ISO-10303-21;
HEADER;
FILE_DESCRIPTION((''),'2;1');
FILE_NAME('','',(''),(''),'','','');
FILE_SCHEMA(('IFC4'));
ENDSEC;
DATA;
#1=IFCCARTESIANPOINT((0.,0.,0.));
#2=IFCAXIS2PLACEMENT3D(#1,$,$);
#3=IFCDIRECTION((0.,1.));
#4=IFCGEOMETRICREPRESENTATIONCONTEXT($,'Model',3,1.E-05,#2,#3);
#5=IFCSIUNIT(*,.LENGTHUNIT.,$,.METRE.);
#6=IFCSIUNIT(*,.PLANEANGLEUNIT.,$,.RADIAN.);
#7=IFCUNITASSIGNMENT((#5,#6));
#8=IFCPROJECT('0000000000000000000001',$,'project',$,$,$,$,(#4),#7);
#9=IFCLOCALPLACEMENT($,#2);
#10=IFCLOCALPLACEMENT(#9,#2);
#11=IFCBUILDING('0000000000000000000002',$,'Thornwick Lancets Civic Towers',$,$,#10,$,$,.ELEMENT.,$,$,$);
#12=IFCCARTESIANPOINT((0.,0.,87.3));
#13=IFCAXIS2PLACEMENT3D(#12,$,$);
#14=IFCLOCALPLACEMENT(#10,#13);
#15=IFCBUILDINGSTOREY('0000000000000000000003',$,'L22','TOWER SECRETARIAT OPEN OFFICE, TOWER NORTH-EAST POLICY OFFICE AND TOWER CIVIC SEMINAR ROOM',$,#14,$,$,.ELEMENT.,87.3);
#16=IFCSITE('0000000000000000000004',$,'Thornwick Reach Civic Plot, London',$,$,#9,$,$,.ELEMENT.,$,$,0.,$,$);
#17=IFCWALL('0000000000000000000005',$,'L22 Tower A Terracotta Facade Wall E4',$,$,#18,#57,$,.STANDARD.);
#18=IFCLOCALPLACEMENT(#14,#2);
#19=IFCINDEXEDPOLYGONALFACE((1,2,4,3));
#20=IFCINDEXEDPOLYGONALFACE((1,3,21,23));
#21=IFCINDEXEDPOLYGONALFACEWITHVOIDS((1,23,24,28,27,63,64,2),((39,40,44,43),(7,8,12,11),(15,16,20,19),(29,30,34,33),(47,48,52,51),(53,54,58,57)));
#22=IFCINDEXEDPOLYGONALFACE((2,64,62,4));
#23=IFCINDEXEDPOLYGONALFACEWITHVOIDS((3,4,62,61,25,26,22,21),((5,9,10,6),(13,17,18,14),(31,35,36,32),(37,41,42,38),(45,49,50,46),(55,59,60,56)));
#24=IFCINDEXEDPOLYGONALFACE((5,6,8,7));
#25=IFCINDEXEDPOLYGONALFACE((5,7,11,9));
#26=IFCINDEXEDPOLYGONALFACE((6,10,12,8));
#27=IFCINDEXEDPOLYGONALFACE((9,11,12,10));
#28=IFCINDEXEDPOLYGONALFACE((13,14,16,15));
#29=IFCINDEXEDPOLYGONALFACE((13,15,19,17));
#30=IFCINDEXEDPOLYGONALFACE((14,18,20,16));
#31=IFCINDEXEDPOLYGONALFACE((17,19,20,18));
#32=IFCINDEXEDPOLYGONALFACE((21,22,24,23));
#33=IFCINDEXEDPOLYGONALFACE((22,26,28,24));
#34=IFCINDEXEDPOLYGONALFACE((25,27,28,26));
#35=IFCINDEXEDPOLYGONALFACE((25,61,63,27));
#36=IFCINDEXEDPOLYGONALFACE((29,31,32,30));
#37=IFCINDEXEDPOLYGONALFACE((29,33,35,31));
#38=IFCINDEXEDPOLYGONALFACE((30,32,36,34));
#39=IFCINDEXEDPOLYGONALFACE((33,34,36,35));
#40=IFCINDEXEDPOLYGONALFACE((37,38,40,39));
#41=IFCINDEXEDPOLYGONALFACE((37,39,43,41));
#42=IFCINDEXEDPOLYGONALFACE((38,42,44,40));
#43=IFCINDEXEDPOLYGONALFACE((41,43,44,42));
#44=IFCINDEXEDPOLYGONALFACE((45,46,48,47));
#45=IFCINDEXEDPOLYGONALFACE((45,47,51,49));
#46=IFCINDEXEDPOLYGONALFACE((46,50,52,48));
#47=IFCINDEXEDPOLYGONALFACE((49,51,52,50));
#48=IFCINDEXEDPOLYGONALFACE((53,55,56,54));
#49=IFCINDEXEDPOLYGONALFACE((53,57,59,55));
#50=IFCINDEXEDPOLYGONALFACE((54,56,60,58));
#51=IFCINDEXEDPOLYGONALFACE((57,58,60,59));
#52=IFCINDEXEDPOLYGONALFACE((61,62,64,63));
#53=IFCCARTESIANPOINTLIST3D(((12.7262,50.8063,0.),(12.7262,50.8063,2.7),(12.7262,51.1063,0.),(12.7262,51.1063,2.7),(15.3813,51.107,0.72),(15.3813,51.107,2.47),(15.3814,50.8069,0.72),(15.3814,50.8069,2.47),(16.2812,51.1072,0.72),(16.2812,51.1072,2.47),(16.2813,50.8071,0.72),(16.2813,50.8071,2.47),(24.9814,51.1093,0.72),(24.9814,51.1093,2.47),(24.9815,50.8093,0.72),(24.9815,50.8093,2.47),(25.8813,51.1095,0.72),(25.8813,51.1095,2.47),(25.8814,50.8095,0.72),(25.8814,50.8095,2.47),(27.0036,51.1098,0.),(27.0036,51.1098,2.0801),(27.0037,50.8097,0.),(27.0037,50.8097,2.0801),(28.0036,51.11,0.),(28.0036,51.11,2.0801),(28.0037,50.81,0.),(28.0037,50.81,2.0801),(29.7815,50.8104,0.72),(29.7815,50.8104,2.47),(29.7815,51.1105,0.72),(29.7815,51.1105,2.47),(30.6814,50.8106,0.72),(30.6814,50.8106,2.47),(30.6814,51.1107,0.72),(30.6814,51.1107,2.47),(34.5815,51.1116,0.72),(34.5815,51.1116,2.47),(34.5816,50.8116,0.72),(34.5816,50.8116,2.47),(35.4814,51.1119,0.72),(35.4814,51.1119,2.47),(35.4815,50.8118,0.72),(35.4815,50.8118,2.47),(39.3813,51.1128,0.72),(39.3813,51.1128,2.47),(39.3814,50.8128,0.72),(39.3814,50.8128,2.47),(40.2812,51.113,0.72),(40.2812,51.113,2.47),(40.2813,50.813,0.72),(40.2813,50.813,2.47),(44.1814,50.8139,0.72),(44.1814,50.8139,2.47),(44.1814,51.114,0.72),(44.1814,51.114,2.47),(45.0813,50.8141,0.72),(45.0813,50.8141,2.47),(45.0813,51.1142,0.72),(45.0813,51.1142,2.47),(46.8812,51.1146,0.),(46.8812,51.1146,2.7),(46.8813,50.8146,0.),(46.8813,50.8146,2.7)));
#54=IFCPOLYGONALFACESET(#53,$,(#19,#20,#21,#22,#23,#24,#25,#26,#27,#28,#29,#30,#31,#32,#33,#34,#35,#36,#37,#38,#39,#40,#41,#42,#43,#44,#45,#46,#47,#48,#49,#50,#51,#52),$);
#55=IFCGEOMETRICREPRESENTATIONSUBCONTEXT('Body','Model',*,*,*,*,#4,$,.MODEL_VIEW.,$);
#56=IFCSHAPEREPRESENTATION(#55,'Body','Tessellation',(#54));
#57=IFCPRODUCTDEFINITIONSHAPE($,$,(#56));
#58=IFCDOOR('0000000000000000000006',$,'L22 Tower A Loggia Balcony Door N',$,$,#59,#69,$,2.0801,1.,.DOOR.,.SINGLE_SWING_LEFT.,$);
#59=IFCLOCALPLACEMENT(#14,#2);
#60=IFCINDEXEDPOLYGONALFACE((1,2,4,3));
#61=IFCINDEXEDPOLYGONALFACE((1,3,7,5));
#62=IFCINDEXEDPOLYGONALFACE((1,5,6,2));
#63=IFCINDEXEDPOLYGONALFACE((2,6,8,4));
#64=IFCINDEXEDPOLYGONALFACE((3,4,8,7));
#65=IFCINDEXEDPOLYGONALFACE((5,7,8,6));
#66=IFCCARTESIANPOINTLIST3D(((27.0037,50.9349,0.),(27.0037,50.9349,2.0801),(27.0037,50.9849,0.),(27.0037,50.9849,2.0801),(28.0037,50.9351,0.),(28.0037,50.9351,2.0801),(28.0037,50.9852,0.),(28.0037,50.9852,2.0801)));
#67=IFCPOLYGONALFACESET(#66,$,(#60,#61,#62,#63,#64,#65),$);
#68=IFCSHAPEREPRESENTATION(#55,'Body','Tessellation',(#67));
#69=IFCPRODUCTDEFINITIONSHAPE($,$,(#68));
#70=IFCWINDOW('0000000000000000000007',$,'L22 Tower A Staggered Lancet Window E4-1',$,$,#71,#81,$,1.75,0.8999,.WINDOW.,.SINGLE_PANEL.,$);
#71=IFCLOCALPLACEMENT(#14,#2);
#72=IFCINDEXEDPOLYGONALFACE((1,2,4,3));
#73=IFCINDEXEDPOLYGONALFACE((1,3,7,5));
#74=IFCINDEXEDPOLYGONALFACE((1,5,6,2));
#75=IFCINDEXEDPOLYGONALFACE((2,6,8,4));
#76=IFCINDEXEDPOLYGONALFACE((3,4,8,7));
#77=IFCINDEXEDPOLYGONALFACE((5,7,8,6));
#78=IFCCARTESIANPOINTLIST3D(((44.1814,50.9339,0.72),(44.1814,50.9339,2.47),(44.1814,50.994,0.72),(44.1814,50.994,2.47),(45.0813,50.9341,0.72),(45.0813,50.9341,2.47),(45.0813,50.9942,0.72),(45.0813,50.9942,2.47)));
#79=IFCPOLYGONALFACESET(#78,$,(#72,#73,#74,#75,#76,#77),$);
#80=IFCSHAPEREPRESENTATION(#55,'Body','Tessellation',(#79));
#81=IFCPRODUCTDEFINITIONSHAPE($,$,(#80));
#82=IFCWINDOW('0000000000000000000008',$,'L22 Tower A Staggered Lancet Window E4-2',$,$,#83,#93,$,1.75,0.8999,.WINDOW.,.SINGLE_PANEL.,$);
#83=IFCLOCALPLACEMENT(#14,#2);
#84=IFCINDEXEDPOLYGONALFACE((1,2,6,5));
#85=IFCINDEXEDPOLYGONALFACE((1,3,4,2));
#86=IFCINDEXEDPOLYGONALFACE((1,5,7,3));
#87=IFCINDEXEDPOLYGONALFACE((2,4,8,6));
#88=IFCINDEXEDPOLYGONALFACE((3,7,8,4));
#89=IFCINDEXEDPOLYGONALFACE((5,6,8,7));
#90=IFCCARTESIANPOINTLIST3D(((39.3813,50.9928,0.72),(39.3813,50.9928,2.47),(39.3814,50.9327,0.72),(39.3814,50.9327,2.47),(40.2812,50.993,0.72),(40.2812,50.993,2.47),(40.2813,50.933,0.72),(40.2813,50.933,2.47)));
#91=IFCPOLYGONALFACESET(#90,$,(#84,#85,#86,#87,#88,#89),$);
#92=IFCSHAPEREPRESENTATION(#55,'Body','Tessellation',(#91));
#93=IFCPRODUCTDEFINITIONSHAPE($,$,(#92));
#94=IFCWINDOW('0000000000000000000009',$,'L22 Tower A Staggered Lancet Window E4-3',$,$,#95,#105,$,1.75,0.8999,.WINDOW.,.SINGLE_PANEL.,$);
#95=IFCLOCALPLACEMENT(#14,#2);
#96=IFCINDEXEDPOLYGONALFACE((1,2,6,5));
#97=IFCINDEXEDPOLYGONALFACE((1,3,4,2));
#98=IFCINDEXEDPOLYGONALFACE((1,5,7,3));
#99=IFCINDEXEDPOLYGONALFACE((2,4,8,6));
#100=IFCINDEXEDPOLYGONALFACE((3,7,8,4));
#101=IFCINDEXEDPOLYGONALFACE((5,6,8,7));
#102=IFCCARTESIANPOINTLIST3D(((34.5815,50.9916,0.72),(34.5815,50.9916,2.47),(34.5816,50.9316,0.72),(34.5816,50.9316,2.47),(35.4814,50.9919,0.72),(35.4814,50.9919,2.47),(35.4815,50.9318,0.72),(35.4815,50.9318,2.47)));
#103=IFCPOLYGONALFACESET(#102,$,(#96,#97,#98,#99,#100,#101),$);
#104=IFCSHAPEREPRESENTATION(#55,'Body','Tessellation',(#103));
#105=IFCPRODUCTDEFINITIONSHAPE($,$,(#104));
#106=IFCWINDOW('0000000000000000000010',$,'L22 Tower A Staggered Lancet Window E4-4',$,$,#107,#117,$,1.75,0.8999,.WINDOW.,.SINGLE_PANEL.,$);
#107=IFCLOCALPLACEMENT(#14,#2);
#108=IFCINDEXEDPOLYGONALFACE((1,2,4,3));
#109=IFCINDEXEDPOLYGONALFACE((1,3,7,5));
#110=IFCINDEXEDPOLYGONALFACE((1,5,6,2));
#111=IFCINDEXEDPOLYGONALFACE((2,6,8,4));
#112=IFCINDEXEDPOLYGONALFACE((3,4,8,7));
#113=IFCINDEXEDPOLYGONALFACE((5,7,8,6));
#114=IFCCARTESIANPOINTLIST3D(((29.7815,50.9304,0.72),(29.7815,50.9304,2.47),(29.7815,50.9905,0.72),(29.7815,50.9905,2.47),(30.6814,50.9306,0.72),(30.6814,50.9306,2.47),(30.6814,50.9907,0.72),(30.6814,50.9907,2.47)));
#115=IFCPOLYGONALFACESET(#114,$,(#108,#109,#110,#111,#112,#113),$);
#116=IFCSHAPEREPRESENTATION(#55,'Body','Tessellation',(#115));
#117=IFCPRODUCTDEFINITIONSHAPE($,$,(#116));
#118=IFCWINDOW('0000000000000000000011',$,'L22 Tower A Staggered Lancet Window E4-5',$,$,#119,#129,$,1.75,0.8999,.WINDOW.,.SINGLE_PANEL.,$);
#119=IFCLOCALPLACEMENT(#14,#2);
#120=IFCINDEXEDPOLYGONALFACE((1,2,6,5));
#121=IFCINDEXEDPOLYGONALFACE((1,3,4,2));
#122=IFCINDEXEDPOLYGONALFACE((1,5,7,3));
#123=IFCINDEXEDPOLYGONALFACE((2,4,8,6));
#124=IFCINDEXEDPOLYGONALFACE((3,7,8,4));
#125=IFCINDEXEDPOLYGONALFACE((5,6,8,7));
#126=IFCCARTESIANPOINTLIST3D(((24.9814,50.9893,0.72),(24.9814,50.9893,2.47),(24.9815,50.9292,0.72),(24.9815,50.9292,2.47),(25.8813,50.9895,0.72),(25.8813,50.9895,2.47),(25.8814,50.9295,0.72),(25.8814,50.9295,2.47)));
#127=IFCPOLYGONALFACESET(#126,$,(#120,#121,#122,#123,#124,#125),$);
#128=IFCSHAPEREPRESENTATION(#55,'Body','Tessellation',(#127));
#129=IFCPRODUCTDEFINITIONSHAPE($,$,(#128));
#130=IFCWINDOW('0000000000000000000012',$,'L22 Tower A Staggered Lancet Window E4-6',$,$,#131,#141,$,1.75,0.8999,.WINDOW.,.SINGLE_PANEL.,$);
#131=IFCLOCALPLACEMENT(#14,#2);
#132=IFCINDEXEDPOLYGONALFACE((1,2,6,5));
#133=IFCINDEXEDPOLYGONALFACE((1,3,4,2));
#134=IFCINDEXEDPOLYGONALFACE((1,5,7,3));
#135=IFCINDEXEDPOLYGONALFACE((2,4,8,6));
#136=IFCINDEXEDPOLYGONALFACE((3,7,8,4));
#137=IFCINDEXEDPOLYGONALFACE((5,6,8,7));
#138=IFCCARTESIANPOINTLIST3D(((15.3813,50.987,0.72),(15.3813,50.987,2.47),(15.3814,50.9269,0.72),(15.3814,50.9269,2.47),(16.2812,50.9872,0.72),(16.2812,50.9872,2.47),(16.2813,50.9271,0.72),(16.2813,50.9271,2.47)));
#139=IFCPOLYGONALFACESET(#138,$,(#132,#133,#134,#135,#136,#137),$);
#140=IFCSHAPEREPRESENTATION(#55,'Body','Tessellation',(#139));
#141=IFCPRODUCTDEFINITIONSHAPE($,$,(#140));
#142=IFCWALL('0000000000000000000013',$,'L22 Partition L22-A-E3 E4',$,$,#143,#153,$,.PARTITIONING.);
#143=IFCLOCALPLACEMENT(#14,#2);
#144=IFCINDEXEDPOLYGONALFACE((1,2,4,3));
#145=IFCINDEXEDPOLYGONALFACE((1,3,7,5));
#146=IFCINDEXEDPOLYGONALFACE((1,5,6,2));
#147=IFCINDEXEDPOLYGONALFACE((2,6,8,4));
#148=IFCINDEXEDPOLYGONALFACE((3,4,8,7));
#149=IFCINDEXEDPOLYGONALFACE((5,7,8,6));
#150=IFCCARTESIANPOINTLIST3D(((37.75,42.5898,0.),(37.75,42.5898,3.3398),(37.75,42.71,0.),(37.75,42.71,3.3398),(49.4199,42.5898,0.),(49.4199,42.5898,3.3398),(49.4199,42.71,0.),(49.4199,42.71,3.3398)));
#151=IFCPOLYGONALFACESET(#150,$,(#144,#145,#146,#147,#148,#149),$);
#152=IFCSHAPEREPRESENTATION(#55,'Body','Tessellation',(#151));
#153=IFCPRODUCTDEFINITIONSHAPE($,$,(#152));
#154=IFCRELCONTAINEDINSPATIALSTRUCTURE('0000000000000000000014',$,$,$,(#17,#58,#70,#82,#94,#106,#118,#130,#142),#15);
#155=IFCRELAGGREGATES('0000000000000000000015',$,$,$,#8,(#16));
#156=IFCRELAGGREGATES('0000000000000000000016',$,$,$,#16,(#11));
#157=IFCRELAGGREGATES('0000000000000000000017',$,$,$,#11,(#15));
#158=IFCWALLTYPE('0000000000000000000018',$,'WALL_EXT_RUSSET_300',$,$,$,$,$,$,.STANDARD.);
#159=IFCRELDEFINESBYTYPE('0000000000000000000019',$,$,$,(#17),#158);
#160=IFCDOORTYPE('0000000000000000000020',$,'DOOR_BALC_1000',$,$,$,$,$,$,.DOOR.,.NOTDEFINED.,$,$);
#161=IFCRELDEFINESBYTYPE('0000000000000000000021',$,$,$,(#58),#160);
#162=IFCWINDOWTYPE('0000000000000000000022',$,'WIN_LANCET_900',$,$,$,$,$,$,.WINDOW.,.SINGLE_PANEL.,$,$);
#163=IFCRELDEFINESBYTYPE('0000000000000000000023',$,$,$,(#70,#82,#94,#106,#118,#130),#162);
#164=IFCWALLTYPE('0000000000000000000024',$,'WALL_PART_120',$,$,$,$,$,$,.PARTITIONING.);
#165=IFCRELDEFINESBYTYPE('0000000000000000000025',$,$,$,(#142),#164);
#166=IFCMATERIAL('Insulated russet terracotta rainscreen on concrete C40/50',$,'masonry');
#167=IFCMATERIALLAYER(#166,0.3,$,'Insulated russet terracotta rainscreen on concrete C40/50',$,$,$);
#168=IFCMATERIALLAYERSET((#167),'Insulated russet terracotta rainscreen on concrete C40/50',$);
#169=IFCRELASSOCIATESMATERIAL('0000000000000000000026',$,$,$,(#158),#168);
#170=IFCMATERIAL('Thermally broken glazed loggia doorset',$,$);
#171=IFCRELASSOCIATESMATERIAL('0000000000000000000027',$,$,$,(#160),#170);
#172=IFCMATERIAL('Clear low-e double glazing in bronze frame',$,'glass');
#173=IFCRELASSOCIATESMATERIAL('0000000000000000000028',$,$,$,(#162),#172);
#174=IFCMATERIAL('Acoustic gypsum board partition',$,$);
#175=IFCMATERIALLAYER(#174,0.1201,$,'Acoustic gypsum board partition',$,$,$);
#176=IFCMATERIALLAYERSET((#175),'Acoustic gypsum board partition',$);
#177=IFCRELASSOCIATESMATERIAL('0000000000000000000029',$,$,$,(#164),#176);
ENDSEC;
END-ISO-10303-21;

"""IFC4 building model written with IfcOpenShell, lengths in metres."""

from ifc_helpers import new_model, si_unit, direction, frame, frame_2d, origin, place, context, subcontext, project, spatial, rectangle, extrude, material, layer, layer_set, type_object, element, fill, save


model = new_model("IFC4")

# Units and contexts
model_context = context("Model", 3, precision=1e-05, world=origin(), true_north=direction((0.0, 1.0)))
body_context = subcontext(model_context, "Body", "Model", "MODEL_VIEW")
ifc_project = project(units=[si_unit("LENGTHUNIT", "METRE"), si_unit("PLANEANGLEUNIT", "RADIAN")], contexts=[model_context])

# Site, building, storey
site_placement = place(None, origin())
site = spatial("IfcSite", under=ifc_project, at=site_placement, Name="Thornwick Reach Civic Plot, London", CompositionType="ELEMENT", RefElevation=0.0)
building_placement = place(site_placement, origin())
building = spatial("IfcBuilding", under=site, at=building_placement, Name="Thornwick Lancets Civic Towers", CompositionType="ELEMENT")
storey_placement = place(building_placement, frame((0.0, 0.0, 87.3)))
storey = spatial("IfcBuildingStorey", under=building, at=storey_placement, Name="L22", Description="TOWER SECRETARIAT OPEN OFFICE, TOWER NORTH-EAST POLICY OFFICE AND TOWER CIVIC SEMINAR ROOM", CompositionType="ELEMENT", Elevation=87.3)

# Wall, openings, door, windows
ifc_material_1 = material(Name="Insulated russet terracotta rainscreen on concrete C40/50", Category="masonry")
ifc_layer_1 = layer(ifc_material_1, 0.3, Name="Insulated russet terracotta rainscreen on concrete C40/50")
ifc_layer_set_1 = layer_set([ifc_layer_1], Name="Insulated russet terracotta rainscreen on concrete C40/50")
wall_type_1 = type_object("IfcWallType", Name="WALL_EXT_RUSSET_300", PredefinedType="STANDARD", material=ifc_layer_set_1)
wall_1_placement = place(storey_placement, frame((46.8813, 50.9646, 0.0), z_axis=(0.0, 0.0, 1.0), x_axis=(-1.0, -0.000243, 0.0)))
wall_1 = element("IfcWall", 1, at=wall_1_placement, inside=storey, type_object=wall_type_1, Name="L22 Tower A Terracotta Facade Wall E4", PredefinedType="STANDARD", context=body_context, shape_type="SweptSolid", body=[
    extrude(rectangle(XDim=34.155, YDim=0.3, at=frame_2d((17.0776, 0.0))), origin(), (0.0, 0.0, 1.0), 2.7),
])
opening_1_placement = place(wall_1_placement, frame((18.8777, 0.0, 0.0)))
opening_1 = element("IfcOpeningElement", 2, at=opening_1_placement, cuts=wall_1, PredefinedType="OPENING", context=body_context, shape_type="SweptSolid", body=[
    extrude(rectangle(XDim=1.0, YDim=2.0801, at=frame_2d((0.5, 1.04))), frame((0.0, 0.1602, 0.0), z_axis=(0.0, -1.0, 0.0), x_axis=(1.0, 0.0, 0.0)), (0.0, 0.0, 1.0), 0.3201),
])
opening_2_placement = place(wall_1_placement, frame((1.8, 0.0, 0.72)))
opening_2 = element("IfcOpeningElement", 3, at=opening_2_placement, cuts=wall_1, PredefinedType="OPENING", context=body_context, shape_type="SweptSolid", body=[
    extrude(rectangle(XDim=0.8999, YDim=1.75, at=frame_2d((0.45, 0.875))), frame((0.0, 0.1602, 0.0), z_axis=(0.0, -1.0, 0.0), x_axis=(1.0, 0.0, 0.0)), (0.0, 0.0, 1.0), 0.3201),
])
opening_3_placement = place(wall_1_placement, frame((6.6001, 0.0, 0.72)))
opening_3 = element("IfcOpeningElement", 4, at=opening_3_placement, cuts=wall_1, PredefinedType="OPENING", context=body_context, shape_type="SweptSolid", body=[
    extrude(rectangle(XDim=0.8999, YDim=1.75, at=frame_2d((0.45, 0.875))), frame((0.0, 0.1602, 0.0), z_axis=(0.0, -1.0, 0.0), x_axis=(1.0, 0.0, 0.0)), (0.0, 0.0, 1.0), 0.3201),
])
opening_4_placement = place(wall_1_placement, frame((11.3999, 0.0, 0.72)))
opening_4 = element("IfcOpeningElement", 5, at=opening_4_placement, cuts=wall_1, PredefinedType="OPENING", context=body_context, shape_type="SweptSolid", body=[
    extrude(rectangle(XDim=0.8999, YDim=1.75, at=frame_2d((0.45, 0.875))), frame((0.0, 0.1602, 0.0), z_axis=(0.0, -1.0, 0.0), x_axis=(1.0, 0.0, 0.0)), (0.0, 0.0, 1.0), 0.3201),
])
opening_5_placement = place(wall_1_placement, frame((16.2, 0.0, 0.72)))
opening_5 = element("IfcOpeningElement", 6, at=opening_5_placement, cuts=wall_1, PredefinedType="OPENING", context=body_context, shape_type="SweptSolid", body=[
    extrude(rectangle(XDim=0.8999, YDim=1.75, at=frame_2d((0.45, 0.875))), frame((0.0, 0.1602, 0.0), z_axis=(0.0, -1.0, 0.0), x_axis=(1.0, 0.0, 0.0)), (0.0, 0.0, 1.0), 0.3201),
])
opening_6_placement = place(wall_1_placement, frame((21.0, 0.0, 0.72)))
opening_6 = element("IfcOpeningElement", 7, at=opening_6_placement, cuts=wall_1, PredefinedType="OPENING", context=body_context, shape_type="SweptSolid", body=[
    extrude(rectangle(XDim=0.8999, YDim=1.75, at=frame_2d((0.45, 0.875))), frame((0.0, 0.1602, 0.0), z_axis=(0.0, -1.0, 0.0), x_axis=(1.0, 0.0, 0.0)), (0.0, 0.0, 1.0), 0.3201),
])
opening_7_placement = place(wall_1_placement, frame((30.6001, 0.0, 0.72)))
opening_7 = element("IfcOpeningElement", 8, at=opening_7_placement, cuts=wall_1, PredefinedType="OPENING", context=body_context, shape_type="SweptSolid", body=[
    extrude(rectangle(XDim=0.8999, YDim=1.75, at=frame_2d((0.45, 0.875))), frame((0.0, 0.1602, 0.0), z_axis=(0.0, -1.0, 0.0), x_axis=(1.0, 0.0, 0.0)), (0.0, 0.0, 1.0), 0.3201),
])
ifc_material_2 = material(Name="Thermally broken glazed loggia doorset")
door_type_1 = type_object("IfcDoorType", Name="DOOR_BALC_1000", OperationType="NOTDEFINED", PredefinedType="DOOR", material=ifc_material_2)
door_1_placement = place(opening_1_placement, origin())
door_1 = element("IfcDoor", 9, at=door_1_placement, inside=storey, type_object=door_type_1, Name="L22 Tower A Loggia Balcony Door N", OperationType="SINGLE_SWING_LEFT", OverallHeight=2.0801, OverallWidth=1.0, PredefinedType="DOOR", context=body_context, shape_type="SweptSolid", body=[
    extrude(rectangle(XDim=1.0, YDim=2.0801, at=frame_2d((0.5, 1.04))), frame((0.0, 0.0249, 0.0), z_axis=(0.0, -1.0, 0.0), x_axis=(1.0, 0.0, 0.0)), (0.0, 0.0, 1.0), 0.05),
])
fill(opening_1, door_1)
ifc_material_3 = material(Name="Clear low-e double glazing in bronze frame", Category="glass")
window_type = type_object("IfcWindowType", Name="WIN_LANCET_900", PartitioningType="SINGLE_PANEL", PredefinedType="WINDOW", material=ifc_material_3)
window_1_placement = place(opening_2_placement, origin())
window_1 = element("IfcWindow", 10, at=window_1_placement, inside=storey, type_object=window_type, Name="L22 Tower A Staggered Lancet Window E4-1", OverallHeight=1.75, OverallWidth=0.8999, PartitioningType="SINGLE_PANEL", PredefinedType="WINDOW", context=body_context, shape_type="SweptSolid", body=[
    extrude(rectangle(XDim=0.8999, YDim=1.75, at=frame_2d((0.45, 0.875))), frame((0.0, 0.03, 0.0), z_axis=(0.0, -1.0, 0.0), x_axis=(1.0, 0.0, 0.0)), (0.0, 0.0, 1.0), 0.0601),
])
fill(opening_2, window_1)
window_2_placement = place(opening_3_placement, origin())
window_2 = element("IfcWindow", 11, at=window_2_placement, inside=storey, type_object=window_type, Name="L22 Tower A Staggered Lancet Window E4-2", OverallHeight=1.75, OverallWidth=0.8999, PartitioningType="SINGLE_PANEL", PredefinedType="WINDOW", context=body_context, shape_type="SweptSolid", body=[
    extrude(rectangle(XDim=0.8999, YDim=1.75, at=frame_2d((0.45, 0.875))), frame((0.0, 0.03, 0.0), z_axis=(0.0, -1.0, 0.0), x_axis=(1.0, 0.0, 0.0)), (0.0, 0.0, 1.0), 0.0601),
])
fill(opening_3, window_2)
window_3_placement = place(opening_4_placement, origin())
window_3 = element("IfcWindow", 12, at=window_3_placement, inside=storey, type_object=window_type, Name="L22 Tower A Staggered Lancet Window E4-3", OverallHeight=1.75, OverallWidth=0.8999, PartitioningType="SINGLE_PANEL", PredefinedType="WINDOW", context=body_context, shape_type="SweptSolid", body=[
    extrude(rectangle(XDim=0.8999, YDim=1.75, at=frame_2d((0.45, 0.875))), frame((0.0, 0.03, 0.0), z_axis=(0.0, -1.0, 0.0), x_axis=(1.0, 0.0, 0.0)), (0.0, 0.0, 1.0), 0.0601),
])
fill(opening_4, window_3)
window_4_placement = place(opening_5_placement, origin())
window_4 = element("IfcWindow", 13, at=window_4_placement, inside=storey, type_object=window_type, Name="L22 Tower A Staggered Lancet Window E4-4", OverallHeight=1.75, OverallWidth=0.8999, PartitioningType="SINGLE_PANEL", PredefinedType="WINDOW", context=body_context, shape_type="SweptSolid", body=[
    extrude(rectangle(XDim=0.8999, YDim=1.75, at=frame_2d((0.45, 0.875))), frame((0.0, 0.03, 0.0), z_axis=(0.0, -1.0, 0.0), x_axis=(1.0, 0.0, 0.0)), (0.0, 0.0, 1.0), 0.0601),
])
fill(opening_5, window_4)
window_5_placement = place(opening_6_placement, origin())
window_5 = element("IfcWindow", 14, at=window_5_placement, inside=storey, type_object=window_type, Name="L22 Tower A Staggered Lancet Window E4-5", OverallHeight=1.75, OverallWidth=0.8999, PartitioningType="SINGLE_PANEL", PredefinedType="WINDOW", context=body_context, shape_type="SweptSolid", body=[
    extrude(rectangle(XDim=0.8999, YDim=1.75, at=frame_2d((0.45, 0.875))), frame((0.0, 0.03, 0.0), z_axis=(0.0, -1.0, 0.0), x_axis=(1.0, 0.0, 0.0)), (0.0, 0.0, 1.0), 0.0601),
])
fill(opening_6, window_5)
window_6_placement = place(opening_7_placement, origin())
window_6 = element("IfcWindow", 15, at=window_6_placement, inside=storey, type_object=window_type, Name="L22 Tower A Staggered Lancet Window E4-6", OverallHeight=1.75, OverallWidth=0.8999, PartitioningType="SINGLE_PANEL", PredefinedType="WINDOW", context=body_context, shape_type="SweptSolid", body=[
    extrude(rectangle(XDim=0.8999, YDim=1.75, at=frame_2d((0.45, 0.875))), frame((0.0, 0.03, 0.0), z_axis=(0.0, -1.0, 0.0), x_axis=(1.0, 0.0, 0.0)), (0.0, 0.0, 1.0), 0.0601),
])
fill(opening_7, window_6)

# Wall
ifc_material_4 = material(Name="Acoustic gypsum board partition")
ifc_layer_2 = layer(ifc_material_4, 0.1201, Name="Acoustic gypsum board partition")
ifc_layer_set_2 = layer_set([ifc_layer_2], Name="Acoustic gypsum board partition")
wall_type_2 = type_object("IfcWallType", Name="WALL_PART_120", PredefinedType="PARTITIONING", material=ifc_layer_set_2)
wall_2_placement = place(storey_placement, frame((37.75, 42.6499, 0.0), z_axis=(0.0, 0.0, 1.0), x_axis=(1.0, 0.0, 0.0)))
element("IfcWall", 16, at=wall_2_placement, inside=storey, type_object=wall_type_2, Name="L22 Partition L22-A-E3 E4", PredefinedType="PARTITIONING", context=body_context, shape_type="SweptSolid", body=[
    extrude(rectangle(XDim=11.6699, YDim=0.1201, at=frame_2d((5.835, 0.0))), origin(), (0.0, 0.0, 1.0), 3.3398),
])

save(model, "model.ifc")
